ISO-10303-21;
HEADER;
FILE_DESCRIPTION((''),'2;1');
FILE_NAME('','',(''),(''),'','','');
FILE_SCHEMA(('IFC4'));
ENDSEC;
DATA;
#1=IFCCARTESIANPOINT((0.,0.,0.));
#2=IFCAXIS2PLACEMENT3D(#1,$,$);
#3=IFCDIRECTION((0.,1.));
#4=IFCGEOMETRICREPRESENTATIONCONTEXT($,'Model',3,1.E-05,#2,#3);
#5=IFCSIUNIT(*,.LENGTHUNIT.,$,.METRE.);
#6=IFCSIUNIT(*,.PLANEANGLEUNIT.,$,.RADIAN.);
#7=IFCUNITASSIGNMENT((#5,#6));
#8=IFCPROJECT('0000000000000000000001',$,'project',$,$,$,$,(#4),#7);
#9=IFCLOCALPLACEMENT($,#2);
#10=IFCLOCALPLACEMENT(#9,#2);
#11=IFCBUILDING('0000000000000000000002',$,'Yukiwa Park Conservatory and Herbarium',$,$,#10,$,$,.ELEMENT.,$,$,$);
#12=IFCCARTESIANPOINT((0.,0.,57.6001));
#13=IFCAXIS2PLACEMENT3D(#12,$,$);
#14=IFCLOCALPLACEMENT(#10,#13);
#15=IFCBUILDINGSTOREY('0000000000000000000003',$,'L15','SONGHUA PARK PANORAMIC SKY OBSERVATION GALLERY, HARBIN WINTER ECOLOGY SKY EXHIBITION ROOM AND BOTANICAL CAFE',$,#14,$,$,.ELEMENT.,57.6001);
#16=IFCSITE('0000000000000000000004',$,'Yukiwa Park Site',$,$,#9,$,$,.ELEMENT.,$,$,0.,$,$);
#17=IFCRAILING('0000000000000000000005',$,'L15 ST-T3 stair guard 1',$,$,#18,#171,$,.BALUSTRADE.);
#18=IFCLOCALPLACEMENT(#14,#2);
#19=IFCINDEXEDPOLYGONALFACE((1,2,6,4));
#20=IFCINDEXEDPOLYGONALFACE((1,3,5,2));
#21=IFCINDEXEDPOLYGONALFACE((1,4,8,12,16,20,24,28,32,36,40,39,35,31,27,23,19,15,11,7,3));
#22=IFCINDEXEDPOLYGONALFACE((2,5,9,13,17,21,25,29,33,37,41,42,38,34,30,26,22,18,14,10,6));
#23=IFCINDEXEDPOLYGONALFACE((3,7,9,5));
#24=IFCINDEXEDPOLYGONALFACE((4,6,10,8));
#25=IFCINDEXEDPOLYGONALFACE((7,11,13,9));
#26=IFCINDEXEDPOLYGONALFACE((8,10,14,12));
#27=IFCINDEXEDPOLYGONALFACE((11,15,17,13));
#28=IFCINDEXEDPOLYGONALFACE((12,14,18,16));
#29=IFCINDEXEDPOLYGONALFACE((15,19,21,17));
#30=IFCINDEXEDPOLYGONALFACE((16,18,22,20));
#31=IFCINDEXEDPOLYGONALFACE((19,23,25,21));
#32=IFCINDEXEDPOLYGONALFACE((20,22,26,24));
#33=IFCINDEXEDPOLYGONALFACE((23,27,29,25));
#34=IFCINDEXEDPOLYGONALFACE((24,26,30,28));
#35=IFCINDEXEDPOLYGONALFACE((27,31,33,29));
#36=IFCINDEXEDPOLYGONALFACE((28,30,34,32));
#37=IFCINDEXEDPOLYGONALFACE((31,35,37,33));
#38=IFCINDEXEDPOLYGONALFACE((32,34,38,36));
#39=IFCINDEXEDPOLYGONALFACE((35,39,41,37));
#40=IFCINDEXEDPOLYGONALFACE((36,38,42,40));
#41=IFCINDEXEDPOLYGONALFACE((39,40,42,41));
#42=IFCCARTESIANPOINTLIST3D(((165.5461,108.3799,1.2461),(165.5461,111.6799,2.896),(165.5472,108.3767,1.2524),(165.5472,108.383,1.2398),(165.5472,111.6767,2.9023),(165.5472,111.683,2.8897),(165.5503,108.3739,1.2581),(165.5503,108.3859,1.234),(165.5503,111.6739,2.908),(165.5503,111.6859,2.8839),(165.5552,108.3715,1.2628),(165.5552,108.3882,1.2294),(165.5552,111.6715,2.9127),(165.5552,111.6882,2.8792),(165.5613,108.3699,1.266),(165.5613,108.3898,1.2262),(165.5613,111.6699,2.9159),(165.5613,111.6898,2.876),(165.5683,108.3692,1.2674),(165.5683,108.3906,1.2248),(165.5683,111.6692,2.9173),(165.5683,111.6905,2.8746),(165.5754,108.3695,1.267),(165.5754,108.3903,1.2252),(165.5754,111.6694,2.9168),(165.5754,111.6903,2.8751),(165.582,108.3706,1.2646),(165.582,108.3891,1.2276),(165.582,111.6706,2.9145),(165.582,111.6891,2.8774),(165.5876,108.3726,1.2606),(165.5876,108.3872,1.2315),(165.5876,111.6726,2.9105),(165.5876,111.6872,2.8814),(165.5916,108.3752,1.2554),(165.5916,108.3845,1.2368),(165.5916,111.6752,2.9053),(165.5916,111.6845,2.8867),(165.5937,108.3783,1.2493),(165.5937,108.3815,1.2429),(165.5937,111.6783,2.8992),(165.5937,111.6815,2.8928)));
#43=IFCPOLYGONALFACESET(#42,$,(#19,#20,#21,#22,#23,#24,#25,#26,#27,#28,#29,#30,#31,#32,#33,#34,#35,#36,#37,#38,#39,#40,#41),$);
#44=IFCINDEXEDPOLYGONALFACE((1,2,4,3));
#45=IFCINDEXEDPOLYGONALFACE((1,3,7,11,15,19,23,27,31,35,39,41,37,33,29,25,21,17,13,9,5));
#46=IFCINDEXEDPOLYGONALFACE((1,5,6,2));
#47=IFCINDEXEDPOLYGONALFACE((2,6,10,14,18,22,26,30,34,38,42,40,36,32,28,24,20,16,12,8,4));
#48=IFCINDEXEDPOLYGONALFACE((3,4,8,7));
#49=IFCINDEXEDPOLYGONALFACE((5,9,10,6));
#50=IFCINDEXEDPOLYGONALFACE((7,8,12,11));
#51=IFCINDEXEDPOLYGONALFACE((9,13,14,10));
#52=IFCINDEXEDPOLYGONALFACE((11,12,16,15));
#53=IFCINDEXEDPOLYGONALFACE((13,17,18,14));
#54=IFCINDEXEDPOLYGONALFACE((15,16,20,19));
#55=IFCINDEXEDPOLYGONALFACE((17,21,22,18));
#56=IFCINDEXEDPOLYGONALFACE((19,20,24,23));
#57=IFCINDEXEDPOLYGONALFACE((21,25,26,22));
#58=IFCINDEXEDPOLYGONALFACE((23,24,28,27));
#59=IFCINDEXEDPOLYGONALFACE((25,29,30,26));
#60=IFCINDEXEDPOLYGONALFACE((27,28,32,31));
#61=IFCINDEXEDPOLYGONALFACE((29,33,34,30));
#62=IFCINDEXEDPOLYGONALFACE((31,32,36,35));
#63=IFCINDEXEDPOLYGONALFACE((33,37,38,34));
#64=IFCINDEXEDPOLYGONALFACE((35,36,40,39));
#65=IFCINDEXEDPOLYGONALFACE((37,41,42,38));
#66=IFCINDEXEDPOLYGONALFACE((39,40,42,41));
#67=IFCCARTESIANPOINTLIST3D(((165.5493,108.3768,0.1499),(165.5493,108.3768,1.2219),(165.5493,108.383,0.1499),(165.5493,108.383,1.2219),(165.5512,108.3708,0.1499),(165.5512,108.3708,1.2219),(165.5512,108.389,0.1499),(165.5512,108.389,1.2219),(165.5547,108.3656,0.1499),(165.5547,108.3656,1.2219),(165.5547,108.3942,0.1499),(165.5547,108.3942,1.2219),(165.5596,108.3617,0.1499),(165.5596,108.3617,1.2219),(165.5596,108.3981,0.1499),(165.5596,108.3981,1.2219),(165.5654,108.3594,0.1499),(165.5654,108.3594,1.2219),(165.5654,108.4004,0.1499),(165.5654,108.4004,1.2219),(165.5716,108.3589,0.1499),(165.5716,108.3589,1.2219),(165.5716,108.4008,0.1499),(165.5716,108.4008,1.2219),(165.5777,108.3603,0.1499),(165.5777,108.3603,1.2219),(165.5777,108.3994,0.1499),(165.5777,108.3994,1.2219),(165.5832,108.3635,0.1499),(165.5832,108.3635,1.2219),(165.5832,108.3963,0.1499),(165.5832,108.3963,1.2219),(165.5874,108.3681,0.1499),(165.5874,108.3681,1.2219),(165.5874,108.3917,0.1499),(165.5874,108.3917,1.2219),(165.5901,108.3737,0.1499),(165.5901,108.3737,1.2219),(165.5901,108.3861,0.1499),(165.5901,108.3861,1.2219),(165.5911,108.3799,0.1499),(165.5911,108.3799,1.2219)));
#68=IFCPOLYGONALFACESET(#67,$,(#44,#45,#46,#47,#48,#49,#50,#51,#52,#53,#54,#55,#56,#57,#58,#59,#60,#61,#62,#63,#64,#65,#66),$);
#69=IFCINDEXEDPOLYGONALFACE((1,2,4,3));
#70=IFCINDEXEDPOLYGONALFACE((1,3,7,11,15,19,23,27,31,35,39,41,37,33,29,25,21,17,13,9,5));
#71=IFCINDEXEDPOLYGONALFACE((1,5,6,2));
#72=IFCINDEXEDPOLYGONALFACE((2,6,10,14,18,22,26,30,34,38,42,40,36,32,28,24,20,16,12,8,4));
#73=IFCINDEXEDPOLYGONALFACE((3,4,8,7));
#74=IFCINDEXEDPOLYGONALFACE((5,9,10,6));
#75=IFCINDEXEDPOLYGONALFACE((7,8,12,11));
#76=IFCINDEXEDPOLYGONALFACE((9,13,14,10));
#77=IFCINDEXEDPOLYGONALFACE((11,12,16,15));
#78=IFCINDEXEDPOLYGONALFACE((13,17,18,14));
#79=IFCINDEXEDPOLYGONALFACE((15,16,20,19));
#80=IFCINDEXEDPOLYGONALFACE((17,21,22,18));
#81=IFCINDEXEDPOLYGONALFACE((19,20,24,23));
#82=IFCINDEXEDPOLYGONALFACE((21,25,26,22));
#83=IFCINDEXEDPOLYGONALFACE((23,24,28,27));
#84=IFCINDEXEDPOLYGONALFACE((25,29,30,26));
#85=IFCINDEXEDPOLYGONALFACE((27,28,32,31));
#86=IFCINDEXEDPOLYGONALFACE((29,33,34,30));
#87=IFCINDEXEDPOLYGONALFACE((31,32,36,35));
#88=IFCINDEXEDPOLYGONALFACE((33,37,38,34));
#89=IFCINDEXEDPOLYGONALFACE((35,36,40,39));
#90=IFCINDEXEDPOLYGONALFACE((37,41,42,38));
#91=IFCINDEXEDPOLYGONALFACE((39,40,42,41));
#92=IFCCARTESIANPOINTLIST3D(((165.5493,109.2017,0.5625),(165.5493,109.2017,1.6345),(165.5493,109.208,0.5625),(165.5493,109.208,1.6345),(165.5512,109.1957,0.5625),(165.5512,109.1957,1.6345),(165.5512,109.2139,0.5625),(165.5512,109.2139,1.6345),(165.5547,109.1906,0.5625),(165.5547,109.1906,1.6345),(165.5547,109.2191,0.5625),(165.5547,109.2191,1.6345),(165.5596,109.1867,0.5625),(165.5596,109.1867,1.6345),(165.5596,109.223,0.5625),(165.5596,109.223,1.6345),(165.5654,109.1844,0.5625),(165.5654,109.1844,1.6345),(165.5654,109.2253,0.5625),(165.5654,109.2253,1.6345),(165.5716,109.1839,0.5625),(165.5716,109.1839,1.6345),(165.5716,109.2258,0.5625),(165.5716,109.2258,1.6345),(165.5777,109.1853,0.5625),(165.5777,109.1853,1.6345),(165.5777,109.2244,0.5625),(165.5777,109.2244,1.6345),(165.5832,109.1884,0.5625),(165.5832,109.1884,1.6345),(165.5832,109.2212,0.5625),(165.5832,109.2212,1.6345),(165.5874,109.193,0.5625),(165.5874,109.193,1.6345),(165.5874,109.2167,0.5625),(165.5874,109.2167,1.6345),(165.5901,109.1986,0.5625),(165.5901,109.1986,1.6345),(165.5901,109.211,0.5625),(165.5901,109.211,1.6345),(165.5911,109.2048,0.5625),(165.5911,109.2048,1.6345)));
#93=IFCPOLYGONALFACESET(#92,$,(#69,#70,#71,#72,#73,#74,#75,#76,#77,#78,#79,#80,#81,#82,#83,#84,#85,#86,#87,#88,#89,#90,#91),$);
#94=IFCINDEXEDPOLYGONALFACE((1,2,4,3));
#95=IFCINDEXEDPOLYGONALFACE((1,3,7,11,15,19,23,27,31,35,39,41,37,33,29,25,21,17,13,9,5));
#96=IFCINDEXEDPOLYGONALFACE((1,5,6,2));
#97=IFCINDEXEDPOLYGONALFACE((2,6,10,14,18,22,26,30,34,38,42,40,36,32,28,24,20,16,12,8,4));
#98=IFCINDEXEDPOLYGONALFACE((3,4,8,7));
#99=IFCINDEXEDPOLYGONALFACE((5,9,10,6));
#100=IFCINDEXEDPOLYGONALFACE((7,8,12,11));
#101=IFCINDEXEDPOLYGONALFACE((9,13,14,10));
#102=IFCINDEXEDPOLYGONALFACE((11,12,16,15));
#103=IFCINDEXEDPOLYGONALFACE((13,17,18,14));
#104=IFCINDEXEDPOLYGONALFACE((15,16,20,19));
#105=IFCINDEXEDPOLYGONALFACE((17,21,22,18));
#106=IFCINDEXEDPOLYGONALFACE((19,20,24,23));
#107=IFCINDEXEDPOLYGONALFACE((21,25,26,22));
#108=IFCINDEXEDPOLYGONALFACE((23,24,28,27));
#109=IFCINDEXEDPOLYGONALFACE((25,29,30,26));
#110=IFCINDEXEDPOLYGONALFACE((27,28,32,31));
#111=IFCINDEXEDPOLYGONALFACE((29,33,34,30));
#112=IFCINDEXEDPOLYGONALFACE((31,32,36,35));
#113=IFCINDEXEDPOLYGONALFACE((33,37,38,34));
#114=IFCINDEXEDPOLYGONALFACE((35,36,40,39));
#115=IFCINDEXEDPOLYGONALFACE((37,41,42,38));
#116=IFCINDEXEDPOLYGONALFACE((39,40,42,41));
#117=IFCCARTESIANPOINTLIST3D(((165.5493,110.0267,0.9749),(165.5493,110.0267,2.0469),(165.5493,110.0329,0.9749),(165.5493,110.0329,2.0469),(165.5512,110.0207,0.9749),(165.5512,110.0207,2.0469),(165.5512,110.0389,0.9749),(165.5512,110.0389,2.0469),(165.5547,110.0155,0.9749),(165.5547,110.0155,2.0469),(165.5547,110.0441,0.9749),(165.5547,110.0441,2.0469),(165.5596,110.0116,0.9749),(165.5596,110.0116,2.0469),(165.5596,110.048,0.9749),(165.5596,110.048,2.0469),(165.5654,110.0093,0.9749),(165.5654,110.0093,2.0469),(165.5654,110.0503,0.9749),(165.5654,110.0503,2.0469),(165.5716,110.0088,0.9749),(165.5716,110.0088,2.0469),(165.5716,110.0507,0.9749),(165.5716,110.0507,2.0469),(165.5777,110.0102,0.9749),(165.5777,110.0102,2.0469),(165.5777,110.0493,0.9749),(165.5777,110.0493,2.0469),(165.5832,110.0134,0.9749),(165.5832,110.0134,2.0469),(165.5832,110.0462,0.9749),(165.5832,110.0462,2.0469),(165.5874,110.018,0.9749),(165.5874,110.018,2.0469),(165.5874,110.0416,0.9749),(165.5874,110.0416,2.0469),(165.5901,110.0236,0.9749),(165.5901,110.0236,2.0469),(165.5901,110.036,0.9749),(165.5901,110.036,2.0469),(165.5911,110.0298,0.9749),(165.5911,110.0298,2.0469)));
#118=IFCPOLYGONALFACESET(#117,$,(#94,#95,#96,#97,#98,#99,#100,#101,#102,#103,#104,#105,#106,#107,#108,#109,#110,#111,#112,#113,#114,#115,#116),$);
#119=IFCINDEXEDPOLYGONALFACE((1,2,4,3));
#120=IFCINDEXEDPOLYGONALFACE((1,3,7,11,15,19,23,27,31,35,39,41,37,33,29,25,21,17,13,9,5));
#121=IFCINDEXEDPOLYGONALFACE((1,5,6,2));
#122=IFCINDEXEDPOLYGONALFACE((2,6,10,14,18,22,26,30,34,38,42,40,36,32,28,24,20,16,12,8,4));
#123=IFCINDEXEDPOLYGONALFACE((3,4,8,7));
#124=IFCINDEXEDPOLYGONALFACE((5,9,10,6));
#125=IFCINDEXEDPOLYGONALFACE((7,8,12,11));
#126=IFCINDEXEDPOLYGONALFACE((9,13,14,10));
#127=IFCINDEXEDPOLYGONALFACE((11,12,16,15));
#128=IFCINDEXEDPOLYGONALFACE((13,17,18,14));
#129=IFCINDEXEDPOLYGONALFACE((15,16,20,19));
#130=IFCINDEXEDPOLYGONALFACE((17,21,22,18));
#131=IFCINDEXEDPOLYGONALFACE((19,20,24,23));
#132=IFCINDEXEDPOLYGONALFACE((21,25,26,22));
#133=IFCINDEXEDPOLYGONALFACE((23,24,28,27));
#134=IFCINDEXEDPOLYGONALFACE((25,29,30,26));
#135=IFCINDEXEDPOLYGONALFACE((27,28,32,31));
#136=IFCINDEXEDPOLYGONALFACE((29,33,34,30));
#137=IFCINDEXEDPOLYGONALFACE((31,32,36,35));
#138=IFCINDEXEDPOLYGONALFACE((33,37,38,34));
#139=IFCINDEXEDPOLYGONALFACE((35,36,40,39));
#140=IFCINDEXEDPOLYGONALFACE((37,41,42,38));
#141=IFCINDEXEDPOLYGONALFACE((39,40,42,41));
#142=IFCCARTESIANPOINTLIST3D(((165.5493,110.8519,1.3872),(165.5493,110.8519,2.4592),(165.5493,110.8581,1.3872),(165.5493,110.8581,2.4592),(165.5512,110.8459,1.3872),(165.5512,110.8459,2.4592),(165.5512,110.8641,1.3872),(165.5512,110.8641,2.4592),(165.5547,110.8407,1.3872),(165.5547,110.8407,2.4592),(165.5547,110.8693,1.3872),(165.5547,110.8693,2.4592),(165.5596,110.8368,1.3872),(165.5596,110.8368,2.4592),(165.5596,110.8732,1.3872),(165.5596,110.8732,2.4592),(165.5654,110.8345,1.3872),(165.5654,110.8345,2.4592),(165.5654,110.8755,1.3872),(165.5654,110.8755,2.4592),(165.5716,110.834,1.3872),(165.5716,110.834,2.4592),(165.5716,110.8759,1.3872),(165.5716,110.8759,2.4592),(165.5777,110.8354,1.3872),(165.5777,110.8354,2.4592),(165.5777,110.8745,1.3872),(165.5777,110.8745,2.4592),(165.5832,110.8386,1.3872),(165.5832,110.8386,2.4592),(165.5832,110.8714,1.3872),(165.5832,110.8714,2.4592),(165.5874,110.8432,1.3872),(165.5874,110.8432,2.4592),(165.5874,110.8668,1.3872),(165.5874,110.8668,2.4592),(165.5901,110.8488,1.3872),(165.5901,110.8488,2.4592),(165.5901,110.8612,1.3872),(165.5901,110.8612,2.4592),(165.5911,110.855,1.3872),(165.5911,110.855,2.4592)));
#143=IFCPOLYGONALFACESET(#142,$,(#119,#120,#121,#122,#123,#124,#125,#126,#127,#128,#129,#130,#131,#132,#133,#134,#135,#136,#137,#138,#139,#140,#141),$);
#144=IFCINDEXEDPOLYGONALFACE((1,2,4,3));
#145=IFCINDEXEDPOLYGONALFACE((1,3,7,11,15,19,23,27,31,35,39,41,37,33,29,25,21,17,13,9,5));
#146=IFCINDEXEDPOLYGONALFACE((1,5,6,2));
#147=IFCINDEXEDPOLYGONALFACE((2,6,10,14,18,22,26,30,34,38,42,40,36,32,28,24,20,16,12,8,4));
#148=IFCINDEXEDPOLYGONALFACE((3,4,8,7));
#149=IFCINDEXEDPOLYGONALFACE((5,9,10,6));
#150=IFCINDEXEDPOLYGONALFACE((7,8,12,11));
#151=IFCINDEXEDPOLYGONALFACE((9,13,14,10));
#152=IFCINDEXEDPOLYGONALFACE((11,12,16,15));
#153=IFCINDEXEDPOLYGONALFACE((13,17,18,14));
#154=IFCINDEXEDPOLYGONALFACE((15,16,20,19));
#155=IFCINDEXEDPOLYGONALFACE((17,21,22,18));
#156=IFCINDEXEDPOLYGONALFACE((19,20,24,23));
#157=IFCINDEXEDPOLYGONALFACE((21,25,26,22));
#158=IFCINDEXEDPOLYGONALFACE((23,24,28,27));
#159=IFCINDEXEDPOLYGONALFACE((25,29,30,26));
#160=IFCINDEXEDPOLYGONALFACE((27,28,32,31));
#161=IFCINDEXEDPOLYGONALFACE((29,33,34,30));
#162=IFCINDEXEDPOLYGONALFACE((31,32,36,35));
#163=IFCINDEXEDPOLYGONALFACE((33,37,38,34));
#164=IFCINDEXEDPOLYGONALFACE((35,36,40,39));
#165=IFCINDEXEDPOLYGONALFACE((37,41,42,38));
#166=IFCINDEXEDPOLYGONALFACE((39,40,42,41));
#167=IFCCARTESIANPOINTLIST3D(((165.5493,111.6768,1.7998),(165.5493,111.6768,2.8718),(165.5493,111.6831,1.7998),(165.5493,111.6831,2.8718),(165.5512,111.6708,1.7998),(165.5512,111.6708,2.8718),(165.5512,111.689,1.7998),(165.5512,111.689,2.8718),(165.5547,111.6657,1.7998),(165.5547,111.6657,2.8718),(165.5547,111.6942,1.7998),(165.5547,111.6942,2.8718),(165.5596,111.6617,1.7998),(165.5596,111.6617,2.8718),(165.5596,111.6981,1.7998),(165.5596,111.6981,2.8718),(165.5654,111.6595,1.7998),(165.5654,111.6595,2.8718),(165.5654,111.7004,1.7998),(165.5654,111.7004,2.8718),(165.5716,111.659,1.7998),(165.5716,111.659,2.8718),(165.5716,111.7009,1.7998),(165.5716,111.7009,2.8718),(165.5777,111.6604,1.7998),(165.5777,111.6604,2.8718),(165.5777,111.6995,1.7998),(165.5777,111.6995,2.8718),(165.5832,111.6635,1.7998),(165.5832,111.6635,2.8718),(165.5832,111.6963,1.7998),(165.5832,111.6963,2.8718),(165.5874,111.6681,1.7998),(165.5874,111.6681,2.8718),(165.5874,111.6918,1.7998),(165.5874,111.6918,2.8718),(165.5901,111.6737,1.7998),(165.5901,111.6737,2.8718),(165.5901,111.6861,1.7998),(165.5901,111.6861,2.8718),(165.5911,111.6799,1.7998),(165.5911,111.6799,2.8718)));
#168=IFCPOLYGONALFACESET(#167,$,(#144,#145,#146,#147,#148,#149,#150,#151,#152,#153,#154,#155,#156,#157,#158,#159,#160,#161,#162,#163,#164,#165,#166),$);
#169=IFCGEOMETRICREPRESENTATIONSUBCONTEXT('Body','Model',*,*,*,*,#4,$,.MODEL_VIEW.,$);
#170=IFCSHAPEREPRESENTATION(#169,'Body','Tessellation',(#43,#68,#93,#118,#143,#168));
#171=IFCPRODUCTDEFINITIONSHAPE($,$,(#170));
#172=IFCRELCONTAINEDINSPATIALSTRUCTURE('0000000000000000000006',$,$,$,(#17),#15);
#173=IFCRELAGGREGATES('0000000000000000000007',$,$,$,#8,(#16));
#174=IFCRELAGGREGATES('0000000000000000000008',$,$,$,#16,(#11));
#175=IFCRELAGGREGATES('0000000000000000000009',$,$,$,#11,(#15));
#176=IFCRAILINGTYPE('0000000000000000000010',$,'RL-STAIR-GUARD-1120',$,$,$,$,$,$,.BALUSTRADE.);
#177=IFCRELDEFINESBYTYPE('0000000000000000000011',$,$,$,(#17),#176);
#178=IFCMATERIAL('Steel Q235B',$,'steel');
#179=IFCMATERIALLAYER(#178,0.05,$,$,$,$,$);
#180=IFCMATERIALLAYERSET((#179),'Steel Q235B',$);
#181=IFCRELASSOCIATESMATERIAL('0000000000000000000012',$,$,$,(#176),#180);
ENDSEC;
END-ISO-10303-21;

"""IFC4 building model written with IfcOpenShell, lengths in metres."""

from ifc_helpers import new_model, si_unit, direction, frame, origin, origin_2d, place, context, subcontext, project, spatial, circle, extrude, material, layer, layer_set, type_object, element, save


model = new_model("IFC4")

# Units and contexts
model_context = context("Model", 3, precision=1e-05, world=origin(), true_north=direction((0.0, 1.0)))
body_context = subcontext(model_context, "Body", "Model", "MODEL_VIEW")
ifc_project = project(units=[si_unit("LENGTHUNIT", "METRE"), si_unit("PLANEANGLEUNIT", "RADIAN")], contexts=[model_context])

# Site, building, storey
site_placement = place(None, origin())
site = spatial("IfcSite", under=ifc_project, at=site_placement, Name="Yukiwa Park Site", CompositionType="ELEMENT", RefElevation=0.0)
building_placement = place(site_placement, origin())
building = spatial("IfcBuilding", under=site, at=building_placement, Name="Yukiwa Park Conservatory and Herbarium", CompositionType="ELEMENT")
storey_placement = place(building_placement, frame((0.0, 0.0, 57.6001)))
storey = spatial("IfcBuildingStorey", under=building, at=storey_placement, Name="L15", Description="SONGHUA PARK PANORAMIC SKY OBSERVATION GALLERY, HARBIN WINTER ECOLOGY SKY EXHIBITION ROOM AND BOTANICAL CAFE", CompositionType="ELEMENT", Elevation=57.6001)

# Railing
ifc_material_1 = material(Name="Steel Q235B", Category="steel")
ifc_layer_1 = layer(ifc_material_1, 0.05)
ifc_layer_set_1 = layer_set([ifc_layer_1], Name="Steel Q235B")
railing_type_1 = type_object("IfcRailingType", Name="RL-STAIR-GUARD-1120", PredefinedType="BALUSTRADE", material=ifc_layer_set_1)
railing_1_placement = place(storey_placement, frame((165.5701, 108.3799, 0.1499)))
element("IfcRailing", 1, at=railing_1_placement, inside=storey, type_object=railing_type_1, Name="L15 ST-T3 stair guard 1", PredefinedType="BALUSTRADE", context=body_context, shape_type="SweptSolid", body=[
    extrude(circle(Radius=0.0239, at=origin_2d()), frame((0.0, 0.0, 1.0962), z_axis=(0.0, 0.89444, 0.447187), x_axis=(-1.0, 0.0, 0.0)), (0.0, 0.0, 1.0), 3.6895),
    extrude(circle(Radius=0.021, at=origin_2d()), origin(), (0.0, 0.0, 1.0), 1.072),
    extrude(circle(Radius=0.021, at=origin_2d()), frame((0.0, 0.825, 0.4126)), (0.0, 0.0, 1.0), 1.072),
    extrude(circle(Radius=0.021, at=origin_2d()), frame((0.0, 1.6499, 0.825)), (0.0, 0.0, 1.0), 1.072),
    extrude(circle(Radius=0.021, at=origin_2d()), frame((0.0, 2.4751, 1.2373)), (0.0, 0.0, 1.0), 1.072),
    extrude(circle(Radius=0.021, at=origin_2d()), frame((0.0, 3.3, 1.6499)), (0.0, 0.0, 1.0), 1.072),
])

save(model, "model.ifc")
